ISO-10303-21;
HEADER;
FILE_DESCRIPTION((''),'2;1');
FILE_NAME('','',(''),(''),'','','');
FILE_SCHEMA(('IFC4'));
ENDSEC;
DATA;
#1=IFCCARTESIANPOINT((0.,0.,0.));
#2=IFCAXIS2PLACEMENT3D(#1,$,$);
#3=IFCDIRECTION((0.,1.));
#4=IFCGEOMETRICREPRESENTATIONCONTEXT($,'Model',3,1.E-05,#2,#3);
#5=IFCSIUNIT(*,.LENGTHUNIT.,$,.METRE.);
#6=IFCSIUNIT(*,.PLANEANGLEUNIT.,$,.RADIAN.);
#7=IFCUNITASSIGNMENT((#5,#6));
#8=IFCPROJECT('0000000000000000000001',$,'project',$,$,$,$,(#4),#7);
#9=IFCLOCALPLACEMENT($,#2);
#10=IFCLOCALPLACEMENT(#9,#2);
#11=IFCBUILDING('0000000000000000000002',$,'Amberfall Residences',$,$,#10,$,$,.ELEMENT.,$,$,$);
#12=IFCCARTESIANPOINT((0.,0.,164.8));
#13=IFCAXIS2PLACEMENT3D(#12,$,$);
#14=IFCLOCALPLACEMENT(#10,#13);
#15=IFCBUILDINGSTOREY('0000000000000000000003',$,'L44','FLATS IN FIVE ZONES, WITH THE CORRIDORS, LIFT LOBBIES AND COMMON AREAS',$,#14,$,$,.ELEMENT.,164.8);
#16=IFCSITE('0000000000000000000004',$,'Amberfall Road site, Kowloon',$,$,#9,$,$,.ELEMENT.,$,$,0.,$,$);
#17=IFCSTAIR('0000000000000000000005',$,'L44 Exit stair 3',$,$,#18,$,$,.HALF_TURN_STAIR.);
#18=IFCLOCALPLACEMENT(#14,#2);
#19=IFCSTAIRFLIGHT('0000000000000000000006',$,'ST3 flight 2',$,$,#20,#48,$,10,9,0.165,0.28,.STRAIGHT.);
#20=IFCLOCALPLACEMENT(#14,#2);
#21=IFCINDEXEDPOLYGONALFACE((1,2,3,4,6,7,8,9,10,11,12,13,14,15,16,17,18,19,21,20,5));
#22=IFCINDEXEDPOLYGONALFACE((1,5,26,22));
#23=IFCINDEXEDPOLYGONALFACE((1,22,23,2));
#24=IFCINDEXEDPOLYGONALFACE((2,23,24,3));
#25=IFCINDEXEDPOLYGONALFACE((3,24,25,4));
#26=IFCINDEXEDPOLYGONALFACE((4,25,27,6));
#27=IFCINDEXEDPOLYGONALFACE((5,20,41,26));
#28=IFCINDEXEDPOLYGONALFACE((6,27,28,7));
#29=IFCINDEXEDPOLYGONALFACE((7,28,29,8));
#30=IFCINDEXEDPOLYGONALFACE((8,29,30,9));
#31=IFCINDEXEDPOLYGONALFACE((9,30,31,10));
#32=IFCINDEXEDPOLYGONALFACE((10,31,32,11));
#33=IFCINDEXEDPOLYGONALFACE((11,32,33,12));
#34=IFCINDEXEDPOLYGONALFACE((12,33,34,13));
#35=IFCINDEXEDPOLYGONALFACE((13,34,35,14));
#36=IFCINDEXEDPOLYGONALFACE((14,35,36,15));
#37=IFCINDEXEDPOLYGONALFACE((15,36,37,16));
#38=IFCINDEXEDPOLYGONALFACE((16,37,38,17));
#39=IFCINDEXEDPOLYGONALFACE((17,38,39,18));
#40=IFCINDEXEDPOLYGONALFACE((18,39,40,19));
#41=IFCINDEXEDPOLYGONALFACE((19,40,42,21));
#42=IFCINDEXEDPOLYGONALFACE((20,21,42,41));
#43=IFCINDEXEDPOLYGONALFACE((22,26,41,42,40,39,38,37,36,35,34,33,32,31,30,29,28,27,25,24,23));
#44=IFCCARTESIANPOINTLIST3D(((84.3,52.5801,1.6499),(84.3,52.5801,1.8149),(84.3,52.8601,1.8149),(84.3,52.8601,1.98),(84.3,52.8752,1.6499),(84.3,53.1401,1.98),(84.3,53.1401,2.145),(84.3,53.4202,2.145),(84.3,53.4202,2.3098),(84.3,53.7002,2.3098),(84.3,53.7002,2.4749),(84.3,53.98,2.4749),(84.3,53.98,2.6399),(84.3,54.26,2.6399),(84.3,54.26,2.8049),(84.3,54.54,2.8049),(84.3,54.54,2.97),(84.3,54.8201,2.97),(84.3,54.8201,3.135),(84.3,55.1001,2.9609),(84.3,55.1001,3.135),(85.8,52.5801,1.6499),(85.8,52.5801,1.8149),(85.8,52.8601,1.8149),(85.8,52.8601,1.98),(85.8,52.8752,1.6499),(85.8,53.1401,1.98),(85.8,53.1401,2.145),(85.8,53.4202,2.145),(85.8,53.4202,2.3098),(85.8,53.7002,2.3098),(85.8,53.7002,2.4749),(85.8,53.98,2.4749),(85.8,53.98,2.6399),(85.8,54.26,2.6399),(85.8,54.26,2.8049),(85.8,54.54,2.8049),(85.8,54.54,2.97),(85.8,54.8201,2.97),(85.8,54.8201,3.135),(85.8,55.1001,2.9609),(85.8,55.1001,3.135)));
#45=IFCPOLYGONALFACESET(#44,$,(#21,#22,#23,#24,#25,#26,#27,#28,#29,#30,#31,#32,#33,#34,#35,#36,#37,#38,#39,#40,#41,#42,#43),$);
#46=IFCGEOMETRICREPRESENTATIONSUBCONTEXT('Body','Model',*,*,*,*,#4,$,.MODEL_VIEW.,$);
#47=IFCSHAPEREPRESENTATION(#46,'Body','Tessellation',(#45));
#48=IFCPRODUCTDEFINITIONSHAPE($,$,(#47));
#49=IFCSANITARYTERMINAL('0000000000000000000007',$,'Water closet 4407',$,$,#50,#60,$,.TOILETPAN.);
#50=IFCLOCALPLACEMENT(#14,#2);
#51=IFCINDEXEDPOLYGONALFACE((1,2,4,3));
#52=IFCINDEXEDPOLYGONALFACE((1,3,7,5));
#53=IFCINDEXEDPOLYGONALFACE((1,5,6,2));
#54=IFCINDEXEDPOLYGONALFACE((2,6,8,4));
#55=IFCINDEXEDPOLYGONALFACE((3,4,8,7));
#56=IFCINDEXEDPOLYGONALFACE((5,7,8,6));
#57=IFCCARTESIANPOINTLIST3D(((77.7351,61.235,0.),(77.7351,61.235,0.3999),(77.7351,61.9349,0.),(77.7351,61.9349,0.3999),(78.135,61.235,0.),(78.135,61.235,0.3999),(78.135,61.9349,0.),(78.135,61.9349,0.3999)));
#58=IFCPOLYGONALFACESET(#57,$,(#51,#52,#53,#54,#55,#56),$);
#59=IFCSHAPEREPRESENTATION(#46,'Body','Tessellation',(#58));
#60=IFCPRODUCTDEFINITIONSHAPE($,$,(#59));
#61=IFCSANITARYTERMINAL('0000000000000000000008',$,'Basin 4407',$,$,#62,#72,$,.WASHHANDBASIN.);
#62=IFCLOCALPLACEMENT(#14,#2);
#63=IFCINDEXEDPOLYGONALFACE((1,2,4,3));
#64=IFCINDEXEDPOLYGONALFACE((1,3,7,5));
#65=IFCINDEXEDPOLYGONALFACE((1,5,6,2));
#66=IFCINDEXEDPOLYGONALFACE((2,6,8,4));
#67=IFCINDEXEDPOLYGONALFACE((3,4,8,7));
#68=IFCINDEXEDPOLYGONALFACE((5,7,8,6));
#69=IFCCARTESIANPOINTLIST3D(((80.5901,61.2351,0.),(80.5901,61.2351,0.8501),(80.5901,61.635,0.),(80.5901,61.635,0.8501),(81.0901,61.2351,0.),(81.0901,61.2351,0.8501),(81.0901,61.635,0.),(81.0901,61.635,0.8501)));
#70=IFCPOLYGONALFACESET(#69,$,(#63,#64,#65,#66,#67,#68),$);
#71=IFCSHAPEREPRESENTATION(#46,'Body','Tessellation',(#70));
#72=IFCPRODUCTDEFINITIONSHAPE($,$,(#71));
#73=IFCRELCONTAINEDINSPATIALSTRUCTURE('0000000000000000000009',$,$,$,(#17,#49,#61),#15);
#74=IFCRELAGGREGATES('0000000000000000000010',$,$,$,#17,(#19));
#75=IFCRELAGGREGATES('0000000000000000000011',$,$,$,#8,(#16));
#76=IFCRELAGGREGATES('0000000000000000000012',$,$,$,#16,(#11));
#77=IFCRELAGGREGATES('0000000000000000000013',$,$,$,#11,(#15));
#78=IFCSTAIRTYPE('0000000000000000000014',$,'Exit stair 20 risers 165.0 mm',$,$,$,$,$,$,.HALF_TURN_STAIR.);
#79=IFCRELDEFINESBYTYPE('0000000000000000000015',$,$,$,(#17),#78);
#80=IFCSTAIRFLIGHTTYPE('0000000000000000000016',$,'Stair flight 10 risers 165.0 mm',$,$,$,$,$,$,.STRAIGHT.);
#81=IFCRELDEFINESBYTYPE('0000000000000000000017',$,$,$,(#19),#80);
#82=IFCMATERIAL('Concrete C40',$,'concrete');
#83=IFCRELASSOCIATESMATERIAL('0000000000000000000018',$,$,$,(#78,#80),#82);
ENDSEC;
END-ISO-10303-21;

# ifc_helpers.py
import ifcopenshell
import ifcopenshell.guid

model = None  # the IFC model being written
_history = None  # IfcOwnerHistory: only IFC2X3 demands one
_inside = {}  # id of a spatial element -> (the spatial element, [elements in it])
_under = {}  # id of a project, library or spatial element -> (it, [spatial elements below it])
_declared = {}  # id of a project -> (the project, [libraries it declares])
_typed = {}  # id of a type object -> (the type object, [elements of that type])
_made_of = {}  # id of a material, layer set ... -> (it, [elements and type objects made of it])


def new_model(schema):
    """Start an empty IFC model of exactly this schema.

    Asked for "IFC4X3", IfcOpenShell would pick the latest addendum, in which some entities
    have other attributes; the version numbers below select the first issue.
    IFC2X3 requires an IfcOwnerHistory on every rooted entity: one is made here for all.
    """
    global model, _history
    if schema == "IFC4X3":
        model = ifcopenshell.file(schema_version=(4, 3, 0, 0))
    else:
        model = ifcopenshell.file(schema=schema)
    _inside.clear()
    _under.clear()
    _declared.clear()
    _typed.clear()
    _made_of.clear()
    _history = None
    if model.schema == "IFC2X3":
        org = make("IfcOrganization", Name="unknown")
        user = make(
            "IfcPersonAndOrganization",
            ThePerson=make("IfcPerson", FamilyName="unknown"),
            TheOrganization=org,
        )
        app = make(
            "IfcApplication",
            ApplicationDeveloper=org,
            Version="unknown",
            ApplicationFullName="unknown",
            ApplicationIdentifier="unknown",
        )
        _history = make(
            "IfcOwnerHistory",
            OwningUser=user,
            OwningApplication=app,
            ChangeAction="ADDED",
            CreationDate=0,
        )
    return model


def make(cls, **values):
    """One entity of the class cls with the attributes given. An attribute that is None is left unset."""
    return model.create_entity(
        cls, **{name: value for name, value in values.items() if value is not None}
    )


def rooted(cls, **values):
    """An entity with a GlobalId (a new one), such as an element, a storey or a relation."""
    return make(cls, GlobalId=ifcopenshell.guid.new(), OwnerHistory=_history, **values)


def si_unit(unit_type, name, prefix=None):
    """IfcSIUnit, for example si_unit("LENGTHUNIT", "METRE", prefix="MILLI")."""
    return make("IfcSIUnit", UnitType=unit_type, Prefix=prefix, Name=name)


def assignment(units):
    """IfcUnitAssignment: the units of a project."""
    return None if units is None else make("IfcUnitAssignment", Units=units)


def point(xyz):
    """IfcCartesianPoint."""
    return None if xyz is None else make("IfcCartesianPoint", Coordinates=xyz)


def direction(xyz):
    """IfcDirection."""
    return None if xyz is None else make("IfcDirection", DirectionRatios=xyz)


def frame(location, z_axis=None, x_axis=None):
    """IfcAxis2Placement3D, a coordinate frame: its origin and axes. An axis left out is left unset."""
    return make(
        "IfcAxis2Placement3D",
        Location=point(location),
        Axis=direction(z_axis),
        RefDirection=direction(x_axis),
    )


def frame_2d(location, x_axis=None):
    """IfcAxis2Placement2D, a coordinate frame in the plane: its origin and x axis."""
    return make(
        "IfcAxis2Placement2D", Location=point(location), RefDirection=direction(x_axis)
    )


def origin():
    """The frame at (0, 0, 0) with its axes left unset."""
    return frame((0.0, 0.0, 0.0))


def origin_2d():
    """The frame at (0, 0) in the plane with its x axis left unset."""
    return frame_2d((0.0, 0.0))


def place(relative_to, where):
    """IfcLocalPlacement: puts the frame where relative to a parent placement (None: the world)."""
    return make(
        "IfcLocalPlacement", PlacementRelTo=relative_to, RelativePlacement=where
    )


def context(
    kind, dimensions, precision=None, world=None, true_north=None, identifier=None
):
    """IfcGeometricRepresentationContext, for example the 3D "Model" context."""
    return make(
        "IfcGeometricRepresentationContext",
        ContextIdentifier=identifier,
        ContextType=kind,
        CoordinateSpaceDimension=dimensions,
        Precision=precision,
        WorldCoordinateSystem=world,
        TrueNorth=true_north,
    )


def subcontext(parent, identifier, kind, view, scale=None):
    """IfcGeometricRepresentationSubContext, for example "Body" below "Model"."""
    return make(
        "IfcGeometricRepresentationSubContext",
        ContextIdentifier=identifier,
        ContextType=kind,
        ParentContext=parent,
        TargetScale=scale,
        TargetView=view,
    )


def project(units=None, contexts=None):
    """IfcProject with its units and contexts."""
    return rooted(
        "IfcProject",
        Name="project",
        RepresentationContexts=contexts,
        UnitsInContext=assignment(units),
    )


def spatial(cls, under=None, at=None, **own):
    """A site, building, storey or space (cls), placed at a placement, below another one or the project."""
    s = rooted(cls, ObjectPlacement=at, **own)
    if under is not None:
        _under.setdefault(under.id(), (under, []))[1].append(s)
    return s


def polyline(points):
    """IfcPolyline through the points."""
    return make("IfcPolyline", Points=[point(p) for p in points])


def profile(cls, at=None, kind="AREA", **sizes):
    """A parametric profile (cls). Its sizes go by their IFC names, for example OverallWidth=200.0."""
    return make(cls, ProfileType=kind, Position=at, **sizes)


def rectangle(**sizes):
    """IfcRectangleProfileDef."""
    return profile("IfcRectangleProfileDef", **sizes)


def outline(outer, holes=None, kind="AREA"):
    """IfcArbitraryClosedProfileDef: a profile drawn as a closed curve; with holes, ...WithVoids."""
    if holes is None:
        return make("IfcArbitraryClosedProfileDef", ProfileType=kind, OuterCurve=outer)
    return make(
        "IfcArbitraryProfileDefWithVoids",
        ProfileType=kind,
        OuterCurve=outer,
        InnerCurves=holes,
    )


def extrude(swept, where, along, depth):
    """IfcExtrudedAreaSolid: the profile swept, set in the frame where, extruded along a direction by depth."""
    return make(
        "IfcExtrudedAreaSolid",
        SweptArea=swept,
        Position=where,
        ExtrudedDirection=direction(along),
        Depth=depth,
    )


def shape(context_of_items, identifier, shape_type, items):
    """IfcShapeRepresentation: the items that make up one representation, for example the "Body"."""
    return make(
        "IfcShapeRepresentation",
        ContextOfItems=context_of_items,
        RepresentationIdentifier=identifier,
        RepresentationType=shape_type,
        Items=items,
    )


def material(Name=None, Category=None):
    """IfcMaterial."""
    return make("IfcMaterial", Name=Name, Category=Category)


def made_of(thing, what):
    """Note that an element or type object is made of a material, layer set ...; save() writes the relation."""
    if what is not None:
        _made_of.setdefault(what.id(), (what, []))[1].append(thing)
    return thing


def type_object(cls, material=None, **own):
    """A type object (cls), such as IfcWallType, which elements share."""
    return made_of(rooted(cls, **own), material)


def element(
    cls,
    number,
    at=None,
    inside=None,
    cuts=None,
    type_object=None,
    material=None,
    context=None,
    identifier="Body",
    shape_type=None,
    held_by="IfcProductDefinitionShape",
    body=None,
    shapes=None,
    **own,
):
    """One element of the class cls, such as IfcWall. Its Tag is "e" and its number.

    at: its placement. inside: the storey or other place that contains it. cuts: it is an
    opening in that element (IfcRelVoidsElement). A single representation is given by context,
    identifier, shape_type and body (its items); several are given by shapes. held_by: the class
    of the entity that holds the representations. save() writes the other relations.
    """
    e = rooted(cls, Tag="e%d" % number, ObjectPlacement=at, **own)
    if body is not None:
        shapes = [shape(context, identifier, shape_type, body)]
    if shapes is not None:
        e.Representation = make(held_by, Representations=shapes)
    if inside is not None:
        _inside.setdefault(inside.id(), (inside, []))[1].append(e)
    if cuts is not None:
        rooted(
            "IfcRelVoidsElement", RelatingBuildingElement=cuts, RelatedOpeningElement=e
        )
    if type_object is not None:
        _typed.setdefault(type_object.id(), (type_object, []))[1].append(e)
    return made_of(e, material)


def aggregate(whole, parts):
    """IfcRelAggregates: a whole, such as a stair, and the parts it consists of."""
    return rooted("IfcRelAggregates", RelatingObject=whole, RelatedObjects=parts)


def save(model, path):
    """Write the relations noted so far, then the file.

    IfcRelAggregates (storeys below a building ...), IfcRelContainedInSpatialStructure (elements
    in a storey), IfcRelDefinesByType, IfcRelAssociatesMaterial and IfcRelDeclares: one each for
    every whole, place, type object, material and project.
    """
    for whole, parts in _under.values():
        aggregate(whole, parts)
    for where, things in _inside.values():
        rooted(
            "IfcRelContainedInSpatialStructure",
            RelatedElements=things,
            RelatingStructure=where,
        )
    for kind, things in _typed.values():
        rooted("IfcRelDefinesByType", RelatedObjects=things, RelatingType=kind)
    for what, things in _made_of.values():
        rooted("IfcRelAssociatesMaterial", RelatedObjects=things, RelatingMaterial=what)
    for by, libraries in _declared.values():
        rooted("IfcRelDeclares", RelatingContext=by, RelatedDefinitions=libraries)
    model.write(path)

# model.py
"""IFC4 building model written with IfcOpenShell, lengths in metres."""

from ifc_helpers import new_model, si_unit, direction, frame, origin, origin_2d, place, context, subcontext, project, spatial, polyline, rectangle, outline, extrude, material, type_object, element, aggregate, save


model = new_model("IFC4")

# Units and contexts
model_context = context("Model", 3, precision=1e-05, world=origin(), true_north=direction((0.0, 1.0)))
body_context = subcontext(model_context, "Body", "Model", "MODEL_VIEW")
ifc_project = project(units=[si_unit("LENGTHUNIT", "METRE"), si_unit("PLANEANGLEUNIT", "RADIAN")], contexts=[model_context])

# Site, building, storey
site_placement = place(None, origin())
site = spatial("IfcSite", under=ifc_project, at=site_placement, Name="Amberfall Road site, Kowloon", CompositionType="ELEMENT", RefElevation=0.0)
building_placement = place(site_placement, origin())
building = spatial("IfcBuilding", under=site, at=building_placement, Name="Amberfall Residences", CompositionType="ELEMENT")
storey_placement = place(building_placement, frame((0.0, 0.0, 164.8)))
storey = spatial("IfcBuildingStorey", under=building, at=storey_placement, Name="L44", Description="FLATS IN FIVE ZONES, WITH THE CORRIDORS, LIFT LOBBIES AND COMMON AREAS", CompositionType="ELEMENT", Elevation=164.8)

# Stair, stair flight
ifc_material_1 = material(Name="Concrete C40", Category="concrete")
stair_type = type_object("IfcStairType", Name="Exit stair 20 risers 165.0 mm", PredefinedType="HALF_TURN_STAIR", material=ifc_material_1)
stair_placement = place(storey_placement, origin())
stair = element("IfcStair", 1, at=stair_placement, inside=storey, type_object=stair_type, Name="L44 Exit stair 3", PredefinedType="HALF_TURN_STAIR")
stair_flight_type = type_object("IfcStairFlightType", Name="Stair flight 10 risers 165.0 mm", PredefinedType="STRAIGHT", material=ifc_material_1)
stair_flight_1_placement = place(storey_placement, frame((85.05, 52.5801, 1.6499), z_axis=(0.0, 0.0, 1.0), x_axis=(0.0, 1.0, 0.0)))
stair_flight_1 = element("IfcStairFlight", 2, at=stair_flight_1_placement, type_object=stair_flight_type, Name="ST3 flight 2", NumberOfRisers=10, NumberOfTreads=9, PredefinedType="STRAIGHT", RiserHeight=0.165, TreadLength=0.28, context=body_context, shape_type="SweptSolid", body=[
    extrude(outline(polyline([(0.0, 0.0), (0.0, 0.165), (0.28, 0.165), (0.28, 0.3301), (0.5601, 0.3301), (0.5601, 0.4951), (0.8401, 0.4951), (0.8401, 0.6599), (1.1201, 0.6599), (1.1201, 0.825), (1.3999, 0.825), (1.3999, 0.99), (1.6799, 0.99), (1.6799, 1.155), (1.96, 1.155), (1.96, 1.3201), (2.24, 1.3201), (2.24, 1.4851), (2.52, 1.4851), (2.52, 1.6499), (2.52, 1.311), (0.2952, 0.0), (0.0, 0.0)])), frame((0.0, 0.75, 0.0), z_axis=(0.0, -1.0, 0.0), x_axis=(1.0, 0.0, 0.0)), (0.0, 0.0, 1.0), 1.5),
])
aggregate(stair, [stair_flight_1])

# Sanitary terminals
sanitary_terminal_1_placement = place(storey_placement, frame((77.9351, 61.585, 0.0), z_axis=(0.0, 0.0, 1.0), x_axis=(1.0, 0.0, 0.0)))
element("IfcSanitaryTerminal", 3, at=sanitary_terminal_1_placement, inside=storey, Name="Water closet 4407", PredefinedType="TOILETPAN", context=body_context, shape_type="SweptSolid", body=[
    extrude(rectangle(XDim=0.3999, YDim=0.7, at=origin_2d()), origin(), (0.0, 0.0, 1.0), 0.3999),
])
sanitary_terminal_2_placement = place(storey_placement, frame((80.8401, 61.4351, 0.0), z_axis=(0.0, 0.0, 1.0), x_axis=(1.0, 0.0, 0.0)))
element("IfcSanitaryTerminal", 4, at=sanitary_terminal_2_placement, inside=storey, Name="Basin 4407", PredefinedType="WASHHANDBASIN", context=body_context, shape_type="SweptSolid", body=[
    extrude(rectangle(XDim=0.5, YDim=0.3999, at=origin_2d()), origin(), (0.0, 0.0, 1.0), 0.8501),
])

save(model, "model.ifc")
